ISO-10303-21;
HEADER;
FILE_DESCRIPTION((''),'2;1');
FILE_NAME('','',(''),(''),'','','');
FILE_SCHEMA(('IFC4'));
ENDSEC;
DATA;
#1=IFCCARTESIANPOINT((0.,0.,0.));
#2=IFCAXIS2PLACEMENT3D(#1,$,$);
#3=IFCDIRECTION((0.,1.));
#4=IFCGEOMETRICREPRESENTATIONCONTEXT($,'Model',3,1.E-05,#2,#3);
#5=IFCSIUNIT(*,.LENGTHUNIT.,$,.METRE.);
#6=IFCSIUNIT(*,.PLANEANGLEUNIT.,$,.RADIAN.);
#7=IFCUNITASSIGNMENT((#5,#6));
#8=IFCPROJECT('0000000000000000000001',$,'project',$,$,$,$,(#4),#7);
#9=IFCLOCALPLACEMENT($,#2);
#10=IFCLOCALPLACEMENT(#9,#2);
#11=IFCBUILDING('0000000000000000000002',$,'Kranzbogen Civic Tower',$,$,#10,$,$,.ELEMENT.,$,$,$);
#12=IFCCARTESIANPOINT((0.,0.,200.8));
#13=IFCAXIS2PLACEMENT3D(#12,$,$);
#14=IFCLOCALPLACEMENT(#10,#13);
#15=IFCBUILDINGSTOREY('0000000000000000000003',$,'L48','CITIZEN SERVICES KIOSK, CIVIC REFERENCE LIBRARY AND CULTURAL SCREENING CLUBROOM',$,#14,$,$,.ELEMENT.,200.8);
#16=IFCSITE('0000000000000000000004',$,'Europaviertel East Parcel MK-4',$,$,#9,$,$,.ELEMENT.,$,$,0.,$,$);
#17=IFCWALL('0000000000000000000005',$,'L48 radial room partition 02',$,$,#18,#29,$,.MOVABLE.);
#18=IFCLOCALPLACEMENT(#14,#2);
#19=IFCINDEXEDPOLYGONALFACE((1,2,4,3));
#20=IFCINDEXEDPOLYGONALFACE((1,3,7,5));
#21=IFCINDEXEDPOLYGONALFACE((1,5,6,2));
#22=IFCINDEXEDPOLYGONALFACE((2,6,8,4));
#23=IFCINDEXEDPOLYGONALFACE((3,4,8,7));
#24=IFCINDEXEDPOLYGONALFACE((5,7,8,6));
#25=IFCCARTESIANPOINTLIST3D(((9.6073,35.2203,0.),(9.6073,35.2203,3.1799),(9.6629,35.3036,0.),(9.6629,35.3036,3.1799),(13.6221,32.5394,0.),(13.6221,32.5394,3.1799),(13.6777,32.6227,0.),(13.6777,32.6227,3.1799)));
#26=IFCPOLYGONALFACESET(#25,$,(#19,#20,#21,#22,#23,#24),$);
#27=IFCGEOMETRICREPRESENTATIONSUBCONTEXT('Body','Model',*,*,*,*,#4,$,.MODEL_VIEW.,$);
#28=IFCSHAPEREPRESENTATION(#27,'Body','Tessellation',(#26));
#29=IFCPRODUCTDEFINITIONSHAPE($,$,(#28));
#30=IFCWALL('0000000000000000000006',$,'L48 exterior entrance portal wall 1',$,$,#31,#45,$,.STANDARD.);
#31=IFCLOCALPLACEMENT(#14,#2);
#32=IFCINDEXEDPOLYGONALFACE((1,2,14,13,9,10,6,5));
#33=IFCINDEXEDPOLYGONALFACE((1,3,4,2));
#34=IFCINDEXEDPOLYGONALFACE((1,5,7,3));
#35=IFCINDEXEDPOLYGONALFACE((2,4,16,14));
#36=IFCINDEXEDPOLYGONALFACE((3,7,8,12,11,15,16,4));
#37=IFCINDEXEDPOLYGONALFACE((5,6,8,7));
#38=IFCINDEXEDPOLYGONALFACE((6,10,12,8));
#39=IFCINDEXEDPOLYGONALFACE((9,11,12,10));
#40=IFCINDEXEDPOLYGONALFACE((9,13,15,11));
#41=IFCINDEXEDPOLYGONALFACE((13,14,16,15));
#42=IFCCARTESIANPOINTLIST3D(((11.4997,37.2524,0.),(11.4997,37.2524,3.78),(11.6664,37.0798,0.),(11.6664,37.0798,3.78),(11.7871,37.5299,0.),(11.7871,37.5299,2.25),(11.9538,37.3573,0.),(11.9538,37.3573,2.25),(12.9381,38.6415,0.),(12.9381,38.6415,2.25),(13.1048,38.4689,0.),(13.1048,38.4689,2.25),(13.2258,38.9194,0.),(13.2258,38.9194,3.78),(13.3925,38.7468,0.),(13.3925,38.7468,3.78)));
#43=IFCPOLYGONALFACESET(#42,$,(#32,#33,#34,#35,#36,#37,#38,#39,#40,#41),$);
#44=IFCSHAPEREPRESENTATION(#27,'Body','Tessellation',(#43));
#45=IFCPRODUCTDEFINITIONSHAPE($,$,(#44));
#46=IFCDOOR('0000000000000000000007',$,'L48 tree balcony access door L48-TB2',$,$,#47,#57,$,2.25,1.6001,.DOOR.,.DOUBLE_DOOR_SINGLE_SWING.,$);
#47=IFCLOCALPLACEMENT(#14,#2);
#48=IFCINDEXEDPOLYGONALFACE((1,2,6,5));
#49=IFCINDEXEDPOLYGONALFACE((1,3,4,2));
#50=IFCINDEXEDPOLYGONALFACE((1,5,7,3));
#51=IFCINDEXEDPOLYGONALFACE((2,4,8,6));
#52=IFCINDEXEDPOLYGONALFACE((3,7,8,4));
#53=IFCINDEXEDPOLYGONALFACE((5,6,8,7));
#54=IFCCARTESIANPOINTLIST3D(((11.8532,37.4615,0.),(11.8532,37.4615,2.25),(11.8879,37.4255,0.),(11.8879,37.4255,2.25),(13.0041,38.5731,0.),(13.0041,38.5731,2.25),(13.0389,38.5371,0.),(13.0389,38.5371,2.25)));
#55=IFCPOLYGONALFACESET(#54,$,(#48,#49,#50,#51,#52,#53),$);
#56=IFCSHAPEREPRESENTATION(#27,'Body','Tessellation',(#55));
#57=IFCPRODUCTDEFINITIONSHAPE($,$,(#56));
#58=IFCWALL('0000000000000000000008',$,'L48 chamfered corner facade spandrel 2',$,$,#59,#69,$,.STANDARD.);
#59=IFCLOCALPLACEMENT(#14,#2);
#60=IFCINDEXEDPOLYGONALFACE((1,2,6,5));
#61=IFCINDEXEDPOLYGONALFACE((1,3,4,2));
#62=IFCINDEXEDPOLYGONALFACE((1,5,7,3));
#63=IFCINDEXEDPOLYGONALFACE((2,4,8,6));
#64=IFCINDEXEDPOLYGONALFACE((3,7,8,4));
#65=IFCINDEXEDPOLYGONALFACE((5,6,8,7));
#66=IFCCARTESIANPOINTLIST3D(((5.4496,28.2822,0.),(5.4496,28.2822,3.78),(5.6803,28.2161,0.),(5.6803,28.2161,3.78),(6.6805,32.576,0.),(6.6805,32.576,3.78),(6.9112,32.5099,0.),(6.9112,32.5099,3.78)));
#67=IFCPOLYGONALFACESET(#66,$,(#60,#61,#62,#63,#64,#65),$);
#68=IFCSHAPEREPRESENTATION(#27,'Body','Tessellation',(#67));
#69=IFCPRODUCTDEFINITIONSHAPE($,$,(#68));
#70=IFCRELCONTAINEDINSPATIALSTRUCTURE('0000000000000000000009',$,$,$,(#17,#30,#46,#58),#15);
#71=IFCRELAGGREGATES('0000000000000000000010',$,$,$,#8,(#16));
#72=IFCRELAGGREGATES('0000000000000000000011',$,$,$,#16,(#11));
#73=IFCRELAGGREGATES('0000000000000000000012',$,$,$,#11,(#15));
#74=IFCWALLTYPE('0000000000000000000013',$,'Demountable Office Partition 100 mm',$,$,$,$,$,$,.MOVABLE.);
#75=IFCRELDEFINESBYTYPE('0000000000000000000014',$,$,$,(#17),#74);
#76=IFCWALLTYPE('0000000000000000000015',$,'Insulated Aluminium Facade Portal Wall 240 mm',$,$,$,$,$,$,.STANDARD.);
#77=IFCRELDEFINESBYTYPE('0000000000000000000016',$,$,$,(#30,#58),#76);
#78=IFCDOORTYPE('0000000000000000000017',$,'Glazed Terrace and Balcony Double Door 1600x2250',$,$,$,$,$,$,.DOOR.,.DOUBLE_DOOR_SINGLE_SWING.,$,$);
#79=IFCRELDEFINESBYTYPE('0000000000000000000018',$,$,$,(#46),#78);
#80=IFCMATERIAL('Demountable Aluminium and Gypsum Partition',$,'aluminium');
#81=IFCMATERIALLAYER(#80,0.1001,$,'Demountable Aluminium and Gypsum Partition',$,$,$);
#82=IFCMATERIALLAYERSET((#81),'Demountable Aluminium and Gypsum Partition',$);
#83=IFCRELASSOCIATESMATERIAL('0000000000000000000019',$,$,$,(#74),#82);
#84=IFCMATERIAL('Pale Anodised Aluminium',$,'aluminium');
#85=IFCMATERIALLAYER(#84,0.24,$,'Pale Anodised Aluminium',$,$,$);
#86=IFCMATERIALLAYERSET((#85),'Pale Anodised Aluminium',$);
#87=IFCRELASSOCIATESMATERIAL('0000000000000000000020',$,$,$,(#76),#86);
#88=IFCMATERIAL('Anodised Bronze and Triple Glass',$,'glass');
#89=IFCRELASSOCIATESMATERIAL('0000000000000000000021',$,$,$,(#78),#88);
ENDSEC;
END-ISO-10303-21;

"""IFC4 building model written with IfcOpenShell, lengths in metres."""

from ifc_helpers import new_model, si_unit, direction, frame, frame_2d, origin, place, context, subcontext, project, spatial, rectangle, extrude, material, layer, layer_set, type_object, element, fill, save


model = new_model("IFC4")

# Units and contexts
model_context = context("Model", 3, precision=1e-05, world=origin(), true_north=direction((0.0, 1.0)))
body_context = subcontext(model_context, "Body", "Model", "MODEL_VIEW")
ifc_project = project(units=[si_unit("LENGTHUNIT", "METRE"), si_unit("PLANEANGLEUNIT", "RADIAN")], contexts=[model_context])

# Site, building, storey
site_placement = place(None, origin())
site = spatial("IfcSite", under=ifc_project, at=site_placement, Name="Europaviertel East Parcel MK-4", CompositionType="ELEMENT", RefElevation=0.0)
building_placement = place(site_placement, origin())
building = spatial("IfcBuilding", under=site, at=building_placement, Name="Kranzbogen Civic Tower", CompositionType="ELEMENT")
storey_placement = place(building_placement, frame((0.0, 0.0, 200.8)))
storey = spatial("IfcBuildingStorey", under=building, at=storey_placement, Name="L48", Description="CITIZEN SERVICES KIOSK, CIVIC REFERENCE LIBRARY AND CULTURAL SCREENING CLUBROOM", CompositionType="ELEMENT", Elevation=200.8)

# Shared definitions
ifc_material_1 = material(Name="Pale Anodised Aluminium", Category="aluminium")

# Wall
ifc_material_2 = material(Name="Demountable Aluminium and Gypsum Partition", Category="aluminium")
ifc_layer_1 = layer(ifc_material_2, 0.1001, Name="Demountable Aluminium and Gypsum Partition")
ifc_layer_set_1 = layer_set([ifc_layer_1], Name="Demountable Aluminium and Gypsum Partition")
wall_type_1 = type_object("IfcWallType", Name="Demountable Office Partition 100 mm", PredefinedType="MOVABLE", material=ifc_layer_set_1)
wall_1_placement = place(storey_placement, frame((13.6499, 32.5811, 0.0), z_axis=(0.0, 0.0, 1.0), x_axis=(-0.831638, 0.555319, 0.0)))
element("IfcWall", 1, at=wall_1_placement, inside=storey, type_object=wall_type_1, Name="L48 radial room partition 02", PredefinedType="MOVABLE", context=body_context, shape_type="SweptSolid", body=[
    extrude(rectangle(XDim=4.8276, YDim=0.1001, at=frame_2d((2.4138, 0.0))), origin(), (0.0, 0.0, 1.0), 3.1799),
])

# Wall, opening, door
ifc_layer_2 = layer(ifc_material_1, 0.24, Name="Pale Anodised Aluminium")
ifc_layer_set_2 = layer_set([ifc_layer_2], Name="Pale Anodised Aluminium")
wall_type_2 = type_object("IfcWallType", Name="Insulated Aluminium Facade Portal Wall 240 mm", PredefinedType="STANDARD", material=ifc_layer_set_2)
wall_2_placement = place(storey_placement, frame((13.3091, 38.833, 0.0), z_axis=(0.0, 0.0, 1.0), x_axis=(-0.71931, -0.694689, 0.0)))
wall_2 = element("IfcWall", 2, at=wall_2_placement, inside=storey, type_object=wall_type_2, Name="L48 exterior entrance portal wall 1", PredefinedType="STANDARD", context=body_context, shape_type="SweptSolid", body=[
    extrude(rectangle(XDim=2.3997, YDim=0.24, at=frame_2d((1.1997, 0.0))), origin(), (0.0, 0.0, 1.0), 3.78),
])
opening_1_placement = place(wall_2_placement, frame((0.3999, 0.0, 0.0)))
opening_1 = element("IfcOpeningElement", 3, at=opening_1_placement, cuts=wall_2, PredefinedType="OPENING", context=body_context, shape_type="SweptSolid", body=[
    extrude(rectangle(XDim=1.6001, YDim=2.25, at=frame_2d((0.8, 1.125))), frame((0.0, 0.1299, 0.0), z_axis=(0.0, -1.0, 0.0), x_axis=(1.0, 0.0, 0.0)), (0.0, 0.0, 1.0), 0.26),
])
ifc_material_3 = material(Name="Anodised Bronze and Triple Glass", Category="glass")
door_type_1 = type_object("IfcDoorType", Name="Glazed Terrace and Balcony Double Door 1600x2250", OperationType="DOUBLE_DOOR_SINGLE_SWING", PredefinedType="DOOR", material=ifc_material_3)
door_1_placement = place(opening_1_placement, frame((1.6001, 0.0, 0.0), z_axis=(0.0, 0.0, 1.0), x_axis=(-1.0, 0.0, 0.0)))
door_1 = element("IfcDoor", 4, at=door_1_placement, inside=storey, type_object=door_type_1, Name="L48 tree balcony access door L48-TB2", OperationType="DOUBLE_DOOR_SINGLE_SWING", OverallHeight=2.25, OverallWidth=1.6001, PredefinedType="DOOR", context=body_context, shape_type="SweptSolid", body=[
    extrude(rectangle(XDim=1.6001, YDim=2.25, at=frame_2d((0.8, 1.125))), frame((0.0, 0.0249, 0.0), z_axis=(0.0, -1.0, 0.0), x_axis=(1.0, 0.0, 0.0)), (0.0, 0.0, 1.0), 0.05),
])
fill(opening_1, door_1)

# Wall
wall_3_placement = place(storey_placement, frame((6.7959, 32.543, 0.0), z_axis=(0.0, 0.0, 1.0), x_axis=(-0.275573, -0.96128, 0.0)))
element("IfcWall", 5, at=wall_3_placement, inside=storey, type_object=wall_type_2, Name="L48 chamfered corner facade spandrel 2", PredefinedType="STANDARD", context=body_context, shape_type="SweptSolid", body=[
    extrude(rectangle(XDim=4.4668, YDim=0.24, at=frame_2d((2.2334, 0.0))), origin(), (0.0, 0.0, 1.0), 3.78),
])

save(model, "model.ifc")
